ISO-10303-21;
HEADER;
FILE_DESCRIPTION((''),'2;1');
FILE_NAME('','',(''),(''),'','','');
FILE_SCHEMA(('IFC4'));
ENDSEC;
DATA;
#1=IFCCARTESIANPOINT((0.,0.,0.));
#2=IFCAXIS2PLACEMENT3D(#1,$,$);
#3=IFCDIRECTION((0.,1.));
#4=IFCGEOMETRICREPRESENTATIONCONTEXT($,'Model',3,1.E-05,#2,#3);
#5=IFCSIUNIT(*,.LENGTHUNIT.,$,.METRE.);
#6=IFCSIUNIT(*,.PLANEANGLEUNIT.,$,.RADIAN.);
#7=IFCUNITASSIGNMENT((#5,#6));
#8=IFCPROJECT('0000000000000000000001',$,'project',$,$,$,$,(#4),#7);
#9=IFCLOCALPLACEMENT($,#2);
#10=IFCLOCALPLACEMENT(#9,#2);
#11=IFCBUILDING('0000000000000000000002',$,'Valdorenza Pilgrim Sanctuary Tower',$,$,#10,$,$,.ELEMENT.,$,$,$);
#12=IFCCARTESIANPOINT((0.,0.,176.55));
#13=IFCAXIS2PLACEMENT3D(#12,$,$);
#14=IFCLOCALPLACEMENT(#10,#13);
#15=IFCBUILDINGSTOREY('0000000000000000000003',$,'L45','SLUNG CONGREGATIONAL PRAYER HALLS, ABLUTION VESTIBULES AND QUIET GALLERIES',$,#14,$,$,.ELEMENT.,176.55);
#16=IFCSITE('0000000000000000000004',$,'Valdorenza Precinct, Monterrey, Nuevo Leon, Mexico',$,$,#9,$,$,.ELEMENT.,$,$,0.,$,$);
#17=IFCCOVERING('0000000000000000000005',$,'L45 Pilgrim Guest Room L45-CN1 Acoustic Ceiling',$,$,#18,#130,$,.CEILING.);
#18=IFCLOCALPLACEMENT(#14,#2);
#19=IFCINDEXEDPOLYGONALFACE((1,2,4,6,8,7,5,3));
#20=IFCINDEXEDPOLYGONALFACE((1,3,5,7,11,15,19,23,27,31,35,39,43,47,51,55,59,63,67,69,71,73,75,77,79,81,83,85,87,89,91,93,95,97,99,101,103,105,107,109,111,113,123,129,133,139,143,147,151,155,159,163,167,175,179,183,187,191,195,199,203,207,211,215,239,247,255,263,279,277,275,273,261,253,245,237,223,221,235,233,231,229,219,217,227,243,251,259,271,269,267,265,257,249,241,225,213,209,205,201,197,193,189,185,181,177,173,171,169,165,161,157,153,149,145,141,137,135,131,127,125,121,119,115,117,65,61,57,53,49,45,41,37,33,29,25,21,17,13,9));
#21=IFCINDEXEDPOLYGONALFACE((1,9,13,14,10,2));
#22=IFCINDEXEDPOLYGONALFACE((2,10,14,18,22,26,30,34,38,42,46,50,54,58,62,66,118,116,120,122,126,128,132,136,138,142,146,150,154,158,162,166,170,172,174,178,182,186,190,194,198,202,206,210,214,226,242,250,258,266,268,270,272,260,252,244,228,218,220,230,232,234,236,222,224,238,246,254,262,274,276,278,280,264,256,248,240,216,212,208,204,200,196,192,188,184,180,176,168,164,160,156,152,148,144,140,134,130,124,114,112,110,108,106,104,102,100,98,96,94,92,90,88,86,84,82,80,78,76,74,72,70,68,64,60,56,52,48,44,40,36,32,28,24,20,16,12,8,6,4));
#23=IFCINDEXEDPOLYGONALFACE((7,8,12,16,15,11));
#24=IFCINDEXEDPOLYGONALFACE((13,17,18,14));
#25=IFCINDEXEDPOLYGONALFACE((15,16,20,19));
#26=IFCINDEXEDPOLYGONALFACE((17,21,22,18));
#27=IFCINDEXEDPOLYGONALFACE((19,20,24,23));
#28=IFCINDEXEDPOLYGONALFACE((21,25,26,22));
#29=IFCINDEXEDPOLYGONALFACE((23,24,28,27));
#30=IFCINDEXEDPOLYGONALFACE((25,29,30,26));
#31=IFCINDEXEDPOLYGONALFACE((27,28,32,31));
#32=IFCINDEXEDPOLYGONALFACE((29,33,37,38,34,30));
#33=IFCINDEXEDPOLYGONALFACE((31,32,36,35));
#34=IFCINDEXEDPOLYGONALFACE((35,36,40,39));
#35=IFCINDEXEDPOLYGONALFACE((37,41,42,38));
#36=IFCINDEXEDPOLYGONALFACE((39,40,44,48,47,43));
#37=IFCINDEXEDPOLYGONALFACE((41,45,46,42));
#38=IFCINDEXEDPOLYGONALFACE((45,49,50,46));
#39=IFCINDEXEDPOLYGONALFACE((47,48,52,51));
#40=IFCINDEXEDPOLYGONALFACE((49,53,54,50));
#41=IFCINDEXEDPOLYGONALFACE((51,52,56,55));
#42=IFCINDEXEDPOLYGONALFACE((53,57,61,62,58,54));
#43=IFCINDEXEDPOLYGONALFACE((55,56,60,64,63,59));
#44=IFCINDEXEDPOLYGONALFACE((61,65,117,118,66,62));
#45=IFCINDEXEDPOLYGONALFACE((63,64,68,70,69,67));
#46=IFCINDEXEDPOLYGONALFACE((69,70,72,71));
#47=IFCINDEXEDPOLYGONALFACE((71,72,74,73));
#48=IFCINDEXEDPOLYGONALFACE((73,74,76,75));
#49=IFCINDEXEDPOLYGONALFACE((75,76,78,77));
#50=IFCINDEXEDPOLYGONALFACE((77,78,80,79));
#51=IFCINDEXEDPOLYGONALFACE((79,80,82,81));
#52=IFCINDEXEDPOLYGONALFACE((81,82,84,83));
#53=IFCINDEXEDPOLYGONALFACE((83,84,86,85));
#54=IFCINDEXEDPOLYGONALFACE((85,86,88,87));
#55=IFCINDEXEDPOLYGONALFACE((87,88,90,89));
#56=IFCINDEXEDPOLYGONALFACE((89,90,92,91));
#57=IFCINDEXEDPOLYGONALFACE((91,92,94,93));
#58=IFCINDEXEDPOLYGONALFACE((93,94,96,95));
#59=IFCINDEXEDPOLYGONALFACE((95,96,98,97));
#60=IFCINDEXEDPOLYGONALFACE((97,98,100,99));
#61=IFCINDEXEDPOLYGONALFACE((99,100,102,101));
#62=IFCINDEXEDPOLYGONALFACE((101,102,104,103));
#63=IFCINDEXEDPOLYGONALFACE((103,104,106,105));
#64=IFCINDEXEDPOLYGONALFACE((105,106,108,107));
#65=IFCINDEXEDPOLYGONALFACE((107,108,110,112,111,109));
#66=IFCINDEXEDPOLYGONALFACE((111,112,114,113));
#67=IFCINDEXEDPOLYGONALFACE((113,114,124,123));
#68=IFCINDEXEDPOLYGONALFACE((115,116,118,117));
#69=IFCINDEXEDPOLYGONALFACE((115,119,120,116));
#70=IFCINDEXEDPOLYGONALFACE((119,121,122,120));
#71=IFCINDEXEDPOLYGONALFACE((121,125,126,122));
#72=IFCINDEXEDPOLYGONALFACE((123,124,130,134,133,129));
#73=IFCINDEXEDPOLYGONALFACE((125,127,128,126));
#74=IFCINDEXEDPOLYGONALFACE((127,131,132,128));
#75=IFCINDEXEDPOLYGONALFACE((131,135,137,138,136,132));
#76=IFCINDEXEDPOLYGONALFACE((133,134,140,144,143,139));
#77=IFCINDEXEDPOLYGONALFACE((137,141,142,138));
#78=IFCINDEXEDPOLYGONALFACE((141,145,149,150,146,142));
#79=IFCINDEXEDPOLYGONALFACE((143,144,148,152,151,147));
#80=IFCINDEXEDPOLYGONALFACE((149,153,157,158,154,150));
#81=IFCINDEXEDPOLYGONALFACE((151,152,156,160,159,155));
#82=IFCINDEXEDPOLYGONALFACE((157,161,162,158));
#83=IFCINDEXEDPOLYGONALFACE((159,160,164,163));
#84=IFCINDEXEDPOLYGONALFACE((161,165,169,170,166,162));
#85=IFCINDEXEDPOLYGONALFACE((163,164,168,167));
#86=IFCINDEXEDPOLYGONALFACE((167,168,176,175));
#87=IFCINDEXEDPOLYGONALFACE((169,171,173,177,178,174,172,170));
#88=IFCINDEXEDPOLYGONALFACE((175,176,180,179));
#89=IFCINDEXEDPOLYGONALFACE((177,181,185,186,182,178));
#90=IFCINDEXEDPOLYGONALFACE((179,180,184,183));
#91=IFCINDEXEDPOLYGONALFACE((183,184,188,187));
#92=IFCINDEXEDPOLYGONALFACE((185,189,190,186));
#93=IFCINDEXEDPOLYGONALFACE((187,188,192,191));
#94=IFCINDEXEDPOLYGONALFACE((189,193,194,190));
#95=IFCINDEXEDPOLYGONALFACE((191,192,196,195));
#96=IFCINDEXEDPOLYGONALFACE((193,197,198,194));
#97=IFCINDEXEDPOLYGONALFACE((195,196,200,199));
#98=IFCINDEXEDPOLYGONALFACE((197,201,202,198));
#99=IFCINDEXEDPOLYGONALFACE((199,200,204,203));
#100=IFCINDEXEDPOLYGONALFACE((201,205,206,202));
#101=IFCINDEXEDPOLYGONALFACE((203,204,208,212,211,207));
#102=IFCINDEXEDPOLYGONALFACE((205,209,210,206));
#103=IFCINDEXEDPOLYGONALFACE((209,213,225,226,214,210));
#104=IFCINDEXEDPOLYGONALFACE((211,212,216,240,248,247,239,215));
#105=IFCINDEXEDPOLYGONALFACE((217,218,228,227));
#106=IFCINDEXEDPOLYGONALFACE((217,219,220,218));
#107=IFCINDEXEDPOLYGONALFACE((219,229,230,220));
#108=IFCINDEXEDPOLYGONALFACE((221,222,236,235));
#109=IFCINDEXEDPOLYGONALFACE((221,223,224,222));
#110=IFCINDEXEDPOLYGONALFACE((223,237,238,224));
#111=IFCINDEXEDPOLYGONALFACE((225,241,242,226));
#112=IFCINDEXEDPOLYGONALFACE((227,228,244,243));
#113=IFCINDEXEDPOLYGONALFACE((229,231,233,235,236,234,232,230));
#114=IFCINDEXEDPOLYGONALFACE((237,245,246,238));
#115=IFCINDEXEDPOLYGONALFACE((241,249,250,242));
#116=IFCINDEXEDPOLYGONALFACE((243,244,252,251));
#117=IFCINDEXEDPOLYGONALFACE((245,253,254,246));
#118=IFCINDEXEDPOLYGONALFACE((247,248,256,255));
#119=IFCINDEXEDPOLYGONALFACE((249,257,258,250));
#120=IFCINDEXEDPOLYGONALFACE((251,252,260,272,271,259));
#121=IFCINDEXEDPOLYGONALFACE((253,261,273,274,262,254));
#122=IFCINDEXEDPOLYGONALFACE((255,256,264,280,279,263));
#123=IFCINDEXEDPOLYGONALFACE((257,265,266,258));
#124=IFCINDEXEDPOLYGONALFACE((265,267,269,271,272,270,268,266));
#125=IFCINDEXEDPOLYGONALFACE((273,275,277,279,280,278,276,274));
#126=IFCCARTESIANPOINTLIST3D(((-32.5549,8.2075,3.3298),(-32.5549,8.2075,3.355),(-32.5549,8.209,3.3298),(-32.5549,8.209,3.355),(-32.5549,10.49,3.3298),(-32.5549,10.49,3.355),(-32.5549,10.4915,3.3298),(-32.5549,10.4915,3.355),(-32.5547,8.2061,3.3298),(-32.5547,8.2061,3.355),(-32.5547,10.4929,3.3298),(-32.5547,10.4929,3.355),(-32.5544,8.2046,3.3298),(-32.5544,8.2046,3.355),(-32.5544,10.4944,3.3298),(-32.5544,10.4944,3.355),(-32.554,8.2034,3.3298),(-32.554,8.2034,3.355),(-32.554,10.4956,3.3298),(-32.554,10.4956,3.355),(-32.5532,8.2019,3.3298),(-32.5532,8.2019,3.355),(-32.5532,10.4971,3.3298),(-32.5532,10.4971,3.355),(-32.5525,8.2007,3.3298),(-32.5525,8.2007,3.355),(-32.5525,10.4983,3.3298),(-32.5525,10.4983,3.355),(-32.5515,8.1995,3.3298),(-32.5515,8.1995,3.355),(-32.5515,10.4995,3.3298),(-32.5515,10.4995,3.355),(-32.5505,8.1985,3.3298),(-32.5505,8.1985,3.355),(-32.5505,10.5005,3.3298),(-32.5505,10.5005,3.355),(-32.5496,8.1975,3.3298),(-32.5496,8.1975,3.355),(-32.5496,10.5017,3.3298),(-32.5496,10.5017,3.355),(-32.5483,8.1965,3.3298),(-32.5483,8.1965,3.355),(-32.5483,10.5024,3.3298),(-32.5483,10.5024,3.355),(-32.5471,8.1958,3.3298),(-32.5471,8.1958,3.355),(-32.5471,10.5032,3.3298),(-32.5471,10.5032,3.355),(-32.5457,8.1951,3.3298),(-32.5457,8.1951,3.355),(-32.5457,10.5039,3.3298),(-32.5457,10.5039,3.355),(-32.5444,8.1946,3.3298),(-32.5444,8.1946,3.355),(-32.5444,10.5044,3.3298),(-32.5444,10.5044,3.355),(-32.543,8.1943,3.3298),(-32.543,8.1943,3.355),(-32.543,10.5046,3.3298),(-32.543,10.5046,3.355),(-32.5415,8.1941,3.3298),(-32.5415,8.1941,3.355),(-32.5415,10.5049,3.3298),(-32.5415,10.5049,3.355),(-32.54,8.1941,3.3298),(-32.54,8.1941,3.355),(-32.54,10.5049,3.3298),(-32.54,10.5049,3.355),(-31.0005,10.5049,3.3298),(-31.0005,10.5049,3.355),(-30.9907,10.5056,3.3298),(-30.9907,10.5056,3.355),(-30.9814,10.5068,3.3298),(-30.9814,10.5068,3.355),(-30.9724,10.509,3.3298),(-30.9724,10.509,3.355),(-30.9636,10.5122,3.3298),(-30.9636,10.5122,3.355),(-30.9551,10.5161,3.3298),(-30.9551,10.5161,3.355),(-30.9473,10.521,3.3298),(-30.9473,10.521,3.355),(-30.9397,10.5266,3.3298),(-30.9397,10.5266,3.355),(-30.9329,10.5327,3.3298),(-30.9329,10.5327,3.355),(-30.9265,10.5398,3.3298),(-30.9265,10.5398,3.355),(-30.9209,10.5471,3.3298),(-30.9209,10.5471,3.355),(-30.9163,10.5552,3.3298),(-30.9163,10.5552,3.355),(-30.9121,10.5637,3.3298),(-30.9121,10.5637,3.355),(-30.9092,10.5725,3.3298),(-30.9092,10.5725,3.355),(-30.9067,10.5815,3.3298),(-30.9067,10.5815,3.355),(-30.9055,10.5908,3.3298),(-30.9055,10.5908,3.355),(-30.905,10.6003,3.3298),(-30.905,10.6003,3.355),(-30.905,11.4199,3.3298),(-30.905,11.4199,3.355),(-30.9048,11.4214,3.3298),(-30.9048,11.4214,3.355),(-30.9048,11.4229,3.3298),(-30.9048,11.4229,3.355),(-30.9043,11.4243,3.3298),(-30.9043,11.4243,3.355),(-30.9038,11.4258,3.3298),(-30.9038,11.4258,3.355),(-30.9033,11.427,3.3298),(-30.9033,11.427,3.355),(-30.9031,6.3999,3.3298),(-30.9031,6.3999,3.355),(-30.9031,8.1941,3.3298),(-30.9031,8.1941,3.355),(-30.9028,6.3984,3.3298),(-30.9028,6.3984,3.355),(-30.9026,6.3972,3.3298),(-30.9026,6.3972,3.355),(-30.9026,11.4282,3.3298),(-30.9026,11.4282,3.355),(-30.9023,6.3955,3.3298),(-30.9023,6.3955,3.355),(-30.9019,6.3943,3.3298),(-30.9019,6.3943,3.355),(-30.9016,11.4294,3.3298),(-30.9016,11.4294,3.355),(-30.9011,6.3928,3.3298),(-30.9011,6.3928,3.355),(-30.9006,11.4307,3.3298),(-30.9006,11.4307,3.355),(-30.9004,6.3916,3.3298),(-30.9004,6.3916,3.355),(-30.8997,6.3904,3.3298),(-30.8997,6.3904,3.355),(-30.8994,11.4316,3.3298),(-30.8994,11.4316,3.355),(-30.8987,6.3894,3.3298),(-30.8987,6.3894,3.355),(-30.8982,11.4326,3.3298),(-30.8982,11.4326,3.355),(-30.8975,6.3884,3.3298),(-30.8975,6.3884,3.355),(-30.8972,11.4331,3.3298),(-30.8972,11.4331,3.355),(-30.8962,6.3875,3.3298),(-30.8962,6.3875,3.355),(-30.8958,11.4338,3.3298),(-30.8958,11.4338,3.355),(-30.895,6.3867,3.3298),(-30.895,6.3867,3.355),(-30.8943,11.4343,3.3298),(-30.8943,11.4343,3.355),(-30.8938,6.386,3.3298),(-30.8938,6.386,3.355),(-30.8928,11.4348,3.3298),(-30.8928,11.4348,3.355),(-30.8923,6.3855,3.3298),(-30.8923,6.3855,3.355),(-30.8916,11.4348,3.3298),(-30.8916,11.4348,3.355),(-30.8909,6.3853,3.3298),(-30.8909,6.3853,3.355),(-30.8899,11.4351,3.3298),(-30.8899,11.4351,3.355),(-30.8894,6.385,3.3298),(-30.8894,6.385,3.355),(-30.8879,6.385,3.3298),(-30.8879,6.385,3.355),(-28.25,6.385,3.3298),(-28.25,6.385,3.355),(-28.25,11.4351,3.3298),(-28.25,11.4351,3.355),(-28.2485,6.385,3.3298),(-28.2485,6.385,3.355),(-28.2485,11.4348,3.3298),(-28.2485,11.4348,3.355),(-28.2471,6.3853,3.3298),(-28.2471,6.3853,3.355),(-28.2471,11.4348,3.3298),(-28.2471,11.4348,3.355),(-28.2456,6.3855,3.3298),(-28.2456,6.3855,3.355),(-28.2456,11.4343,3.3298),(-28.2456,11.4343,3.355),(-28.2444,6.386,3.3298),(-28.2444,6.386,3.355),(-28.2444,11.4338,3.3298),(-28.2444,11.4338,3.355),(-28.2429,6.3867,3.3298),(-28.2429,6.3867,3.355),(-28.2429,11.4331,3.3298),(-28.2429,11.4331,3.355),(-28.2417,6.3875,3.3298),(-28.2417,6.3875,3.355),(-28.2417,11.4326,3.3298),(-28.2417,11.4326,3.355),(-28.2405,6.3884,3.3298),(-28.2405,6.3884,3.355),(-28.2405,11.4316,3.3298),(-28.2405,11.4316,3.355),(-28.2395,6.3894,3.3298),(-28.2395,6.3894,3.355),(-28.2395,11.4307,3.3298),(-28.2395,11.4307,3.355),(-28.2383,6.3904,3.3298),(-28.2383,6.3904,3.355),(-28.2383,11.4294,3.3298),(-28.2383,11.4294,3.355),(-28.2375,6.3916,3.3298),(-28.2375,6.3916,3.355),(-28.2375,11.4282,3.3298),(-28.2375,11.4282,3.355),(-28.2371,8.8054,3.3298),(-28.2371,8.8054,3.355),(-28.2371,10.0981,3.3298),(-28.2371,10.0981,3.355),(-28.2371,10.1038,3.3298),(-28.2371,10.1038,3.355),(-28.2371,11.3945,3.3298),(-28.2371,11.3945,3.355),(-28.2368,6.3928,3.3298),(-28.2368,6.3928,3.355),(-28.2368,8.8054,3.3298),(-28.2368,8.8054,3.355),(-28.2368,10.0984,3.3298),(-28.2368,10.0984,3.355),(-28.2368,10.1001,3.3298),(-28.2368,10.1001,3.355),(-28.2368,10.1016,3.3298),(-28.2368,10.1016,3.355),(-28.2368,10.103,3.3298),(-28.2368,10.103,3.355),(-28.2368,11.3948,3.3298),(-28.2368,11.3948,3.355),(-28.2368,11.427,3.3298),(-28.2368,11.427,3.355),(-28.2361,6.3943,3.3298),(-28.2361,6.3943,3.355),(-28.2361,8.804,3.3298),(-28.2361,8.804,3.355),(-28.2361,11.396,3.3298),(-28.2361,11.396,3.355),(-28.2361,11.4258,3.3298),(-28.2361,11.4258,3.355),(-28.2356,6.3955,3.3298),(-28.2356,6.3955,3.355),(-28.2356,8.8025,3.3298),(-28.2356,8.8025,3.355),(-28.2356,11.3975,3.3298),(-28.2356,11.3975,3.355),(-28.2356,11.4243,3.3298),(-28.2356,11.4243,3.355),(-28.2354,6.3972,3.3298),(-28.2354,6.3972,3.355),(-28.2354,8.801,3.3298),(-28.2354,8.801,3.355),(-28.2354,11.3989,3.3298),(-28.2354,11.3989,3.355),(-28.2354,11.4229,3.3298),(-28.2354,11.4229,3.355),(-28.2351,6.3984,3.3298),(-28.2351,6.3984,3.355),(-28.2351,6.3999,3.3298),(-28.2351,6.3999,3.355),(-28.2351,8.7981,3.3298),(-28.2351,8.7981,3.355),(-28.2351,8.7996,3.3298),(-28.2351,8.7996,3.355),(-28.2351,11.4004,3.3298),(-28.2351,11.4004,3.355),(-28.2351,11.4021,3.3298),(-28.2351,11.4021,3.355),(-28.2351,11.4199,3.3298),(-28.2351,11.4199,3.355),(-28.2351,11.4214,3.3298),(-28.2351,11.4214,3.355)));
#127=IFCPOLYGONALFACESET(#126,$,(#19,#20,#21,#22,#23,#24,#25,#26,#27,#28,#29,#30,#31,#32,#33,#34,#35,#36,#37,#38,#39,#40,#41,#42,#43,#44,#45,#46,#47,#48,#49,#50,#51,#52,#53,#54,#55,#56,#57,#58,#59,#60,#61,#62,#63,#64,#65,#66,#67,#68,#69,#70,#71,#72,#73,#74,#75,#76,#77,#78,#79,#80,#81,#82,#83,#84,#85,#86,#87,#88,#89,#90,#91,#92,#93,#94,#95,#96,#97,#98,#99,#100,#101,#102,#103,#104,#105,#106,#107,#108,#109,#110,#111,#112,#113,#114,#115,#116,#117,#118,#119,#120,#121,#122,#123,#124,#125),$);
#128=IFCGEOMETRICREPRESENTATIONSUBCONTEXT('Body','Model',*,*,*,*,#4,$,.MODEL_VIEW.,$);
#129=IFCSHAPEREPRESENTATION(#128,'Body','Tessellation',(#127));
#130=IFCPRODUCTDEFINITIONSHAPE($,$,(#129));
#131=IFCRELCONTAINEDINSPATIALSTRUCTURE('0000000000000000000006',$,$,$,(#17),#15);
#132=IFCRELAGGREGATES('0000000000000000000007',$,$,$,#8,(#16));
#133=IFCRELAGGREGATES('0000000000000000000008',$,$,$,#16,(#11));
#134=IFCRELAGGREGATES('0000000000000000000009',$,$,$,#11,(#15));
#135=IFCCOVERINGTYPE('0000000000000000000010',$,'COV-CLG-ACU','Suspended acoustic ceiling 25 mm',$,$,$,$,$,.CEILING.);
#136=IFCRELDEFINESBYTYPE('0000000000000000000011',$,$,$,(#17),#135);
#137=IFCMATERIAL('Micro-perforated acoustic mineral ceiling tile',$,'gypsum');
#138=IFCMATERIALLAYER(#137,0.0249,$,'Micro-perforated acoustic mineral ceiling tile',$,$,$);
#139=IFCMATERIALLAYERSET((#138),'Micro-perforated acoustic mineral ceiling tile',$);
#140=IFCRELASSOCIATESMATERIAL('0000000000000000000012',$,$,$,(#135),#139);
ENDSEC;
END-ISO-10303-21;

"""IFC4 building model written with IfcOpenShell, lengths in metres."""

from ifc_helpers import new_model, si_unit, direction, frame, origin, place, context, subcontext, project, spatial, polyline, outline, extrude, material, layer, layer_set, type_object, element, save


model = new_model("IFC4")

# Units and contexts
model_context = context("Model", 3, precision=1e-05, world=origin(), true_north=direction((0.0, 1.0)))
body_context = subcontext(model_context, "Body", "Model", "MODEL_VIEW")
ifc_project = project(units=[si_unit("LENGTHUNIT", "METRE"), si_unit("PLANEANGLEUNIT", "RADIAN")], contexts=[model_context])

# Site, building, storey
site_placement = place(None, origin())
site = spatial("IfcSite", under=ifc_project, at=site_placement, Name="Valdorenza Precinct, Monterrey, Nuevo Leon, Mexico", CompositionType="ELEMENT", RefElevation=0.0)
building_placement = place(site_placement, origin())
building = spatial("IfcBuilding", under=site, at=building_placement, Name="Valdorenza Pilgrim Sanctuary Tower", CompositionType="ELEMENT")
storey_placement = place(building_placement, frame((0.0, 0.0, 176.55)))
storey = spatial("IfcBuildingStorey", under=building, at=storey_placement, Name="L45", Description="SLUNG CONGREGATIONAL PRAYER HALLS, ABLUTION VESTIBULES AND QUIET GALLERIES", CompositionType="ELEMENT", Elevation=176.55)

# Covering
ifc_material_1 = material(Name="Micro-perforated acoustic mineral ceiling tile", Category="gypsum")
ifc_layer_1 = layer(ifc_material_1, 0.0249, Name="Micro-perforated acoustic mineral ceiling tile")
ifc_layer_set_1 = layer_set([ifc_layer_1], Name="Micro-perforated acoustic mineral ceiling tile")
covering_type_1 = type_object("IfcCoveringType", Name="COV-CLG-ACU", Description="Suspended acoustic ceiling 25 mm", PredefinedType="CEILING", material=ifc_layer_set_1)
covering_1_placement = place(storey_placement, frame((0.0, 0.0, 3.3298)))
element("IfcCovering", 1, at=covering_1_placement, inside=storey, type_object=covering_type_1, Name="L45 Pilgrim Guest Room L45-CN1 Acoustic Ceiling", PredefinedType="CEILING", context=body_context, shape_type="SweptSolid", body=[
    extrude(outline(polyline([(-30.9031, 8.1941), (-32.54, 8.1941), (-32.5415, 8.1941), (-32.543, 8.1943), (-32.5444, 8.1946), (-32.5457, 8.1951), (-32.5471, 8.1958), (-32.5483, 8.1965), (-32.5496, 8.1975), (-32.5505, 8.1985), (-32.5515, 8.1995), (-32.5525, 8.2007), (-32.5532, 8.2019), (-32.554, 8.2034), (-32.5544, 8.2046), (-32.5547, 8.2061), (-32.5549, 8.2075), (-32.5549, 8.209), (-32.5549, 10.49), (-32.5549, 10.4915), (-32.5547, 10.4929), (-32.5544, 10.4944), (-32.554, 10.4956), (-32.5532, 10.4971), (-32.5525, 10.4983), (-32.5515, 10.4995), (-32.5505, 10.5005), (-32.5496, 10.5017), (-32.5483, 10.5024), (-32.5471, 10.5032), (-32.5457, 10.5039), (-32.5444, 10.5044), (-32.543, 10.5046), (-32.5415, 10.5049), (-32.54, 10.5049), (-31.0005, 10.5049), (-30.9907, 10.5056), (-30.9814, 10.5068), (-30.9724, 10.509), (-30.9636, 10.5122), (-30.9551, 10.5161), (-30.9473, 10.521), (-30.9397, 10.5266), (-30.9329, 10.5327), (-30.9265, 10.5398), (-30.9209, 10.5471), (-30.9163, 10.5552), (-30.9121, 10.5637), (-30.9092, 10.5725), (-30.9067, 10.5815), (-30.9055, 10.5908), (-30.905, 10.6003), (-30.905, 11.4199), (-30.9048, 11.4214), (-30.9048, 11.4229), (-30.9043, 11.4243), (-30.9038, 11.4258), (-30.9033, 11.427), (-30.9026, 11.4282), (-30.9016, 11.4294), (-30.9006, 11.4307), (-30.8994, 11.4316), (-30.8982, 11.4326), (-30.8972, 11.4331), (-30.8958, 11.4338), (-30.8943, 11.4343), (-30.8928, 11.4348), (-30.8916, 11.4348), (-30.8899, 11.4351), (-28.25, 11.4351), (-28.2485, 11.4348), (-28.2471, 11.4348), (-28.2456, 11.4343), (-28.2444, 11.4338), (-28.2429, 11.4331), (-28.2417, 11.4326), (-28.2405, 11.4316), (-28.2395, 11.4307), (-28.2383, 11.4294), (-28.2375, 11.4282), (-28.2368, 11.427), (-28.2361, 11.4258), (-28.2356, 11.4243), (-28.2354, 11.4229), (-28.2351, 11.4214), (-28.2351, 11.4199), (-28.2351, 11.4021), (-28.2351, 11.4004), (-28.2354, 11.3989), (-28.2356, 11.3975), (-28.2361, 11.396), (-28.2368, 11.3948), (-28.2371, 11.3945), (-28.2371, 10.1038), (-28.2368, 10.103), (-28.2368, 10.1016), (-28.2368, 10.1001), (-28.2368, 10.0984), (-28.2371, 10.0981), (-28.2371, 8.8054), (-28.2368, 8.8054), (-28.2361, 8.804), (-28.2356, 8.8025), (-28.2354, 8.801), (-28.2351, 8.7996), (-28.2351, 8.7981), (-28.2351, 6.3999), (-28.2351, 6.3984), (-28.2354, 6.3972), (-28.2356, 6.3955), (-28.2361, 6.3943), (-28.2368, 6.3928), (-28.2375, 6.3916), (-28.2383, 6.3904), (-28.2395, 6.3894), (-28.2405, 6.3884), (-28.2417, 6.3875), (-28.2429, 6.3867), (-28.2444, 6.386), (-28.2456, 6.3855), (-28.2471, 6.3853), (-28.2485, 6.385), (-28.25, 6.385), (-30.8879, 6.385), (-30.8894, 6.385), (-30.8909, 6.3853), (-30.8923, 6.3855), (-30.8938, 6.386), (-30.895, 6.3867), (-30.8962, 6.3875), (-30.8975, 6.3884), (-30.8987, 6.3894), (-30.8997, 6.3904), (-30.9004, 6.3916), (-30.9011, 6.3928), (-30.9019, 6.3943), (-30.9023, 6.3955), (-30.9026, 6.3972), (-30.9028, 6.3984), (-30.9031, 6.3999), (-30.9031, 8.1941)])), origin(), (0.0, 0.0, 1.0), 0.0251),
])

save(model, "model.ifc")
